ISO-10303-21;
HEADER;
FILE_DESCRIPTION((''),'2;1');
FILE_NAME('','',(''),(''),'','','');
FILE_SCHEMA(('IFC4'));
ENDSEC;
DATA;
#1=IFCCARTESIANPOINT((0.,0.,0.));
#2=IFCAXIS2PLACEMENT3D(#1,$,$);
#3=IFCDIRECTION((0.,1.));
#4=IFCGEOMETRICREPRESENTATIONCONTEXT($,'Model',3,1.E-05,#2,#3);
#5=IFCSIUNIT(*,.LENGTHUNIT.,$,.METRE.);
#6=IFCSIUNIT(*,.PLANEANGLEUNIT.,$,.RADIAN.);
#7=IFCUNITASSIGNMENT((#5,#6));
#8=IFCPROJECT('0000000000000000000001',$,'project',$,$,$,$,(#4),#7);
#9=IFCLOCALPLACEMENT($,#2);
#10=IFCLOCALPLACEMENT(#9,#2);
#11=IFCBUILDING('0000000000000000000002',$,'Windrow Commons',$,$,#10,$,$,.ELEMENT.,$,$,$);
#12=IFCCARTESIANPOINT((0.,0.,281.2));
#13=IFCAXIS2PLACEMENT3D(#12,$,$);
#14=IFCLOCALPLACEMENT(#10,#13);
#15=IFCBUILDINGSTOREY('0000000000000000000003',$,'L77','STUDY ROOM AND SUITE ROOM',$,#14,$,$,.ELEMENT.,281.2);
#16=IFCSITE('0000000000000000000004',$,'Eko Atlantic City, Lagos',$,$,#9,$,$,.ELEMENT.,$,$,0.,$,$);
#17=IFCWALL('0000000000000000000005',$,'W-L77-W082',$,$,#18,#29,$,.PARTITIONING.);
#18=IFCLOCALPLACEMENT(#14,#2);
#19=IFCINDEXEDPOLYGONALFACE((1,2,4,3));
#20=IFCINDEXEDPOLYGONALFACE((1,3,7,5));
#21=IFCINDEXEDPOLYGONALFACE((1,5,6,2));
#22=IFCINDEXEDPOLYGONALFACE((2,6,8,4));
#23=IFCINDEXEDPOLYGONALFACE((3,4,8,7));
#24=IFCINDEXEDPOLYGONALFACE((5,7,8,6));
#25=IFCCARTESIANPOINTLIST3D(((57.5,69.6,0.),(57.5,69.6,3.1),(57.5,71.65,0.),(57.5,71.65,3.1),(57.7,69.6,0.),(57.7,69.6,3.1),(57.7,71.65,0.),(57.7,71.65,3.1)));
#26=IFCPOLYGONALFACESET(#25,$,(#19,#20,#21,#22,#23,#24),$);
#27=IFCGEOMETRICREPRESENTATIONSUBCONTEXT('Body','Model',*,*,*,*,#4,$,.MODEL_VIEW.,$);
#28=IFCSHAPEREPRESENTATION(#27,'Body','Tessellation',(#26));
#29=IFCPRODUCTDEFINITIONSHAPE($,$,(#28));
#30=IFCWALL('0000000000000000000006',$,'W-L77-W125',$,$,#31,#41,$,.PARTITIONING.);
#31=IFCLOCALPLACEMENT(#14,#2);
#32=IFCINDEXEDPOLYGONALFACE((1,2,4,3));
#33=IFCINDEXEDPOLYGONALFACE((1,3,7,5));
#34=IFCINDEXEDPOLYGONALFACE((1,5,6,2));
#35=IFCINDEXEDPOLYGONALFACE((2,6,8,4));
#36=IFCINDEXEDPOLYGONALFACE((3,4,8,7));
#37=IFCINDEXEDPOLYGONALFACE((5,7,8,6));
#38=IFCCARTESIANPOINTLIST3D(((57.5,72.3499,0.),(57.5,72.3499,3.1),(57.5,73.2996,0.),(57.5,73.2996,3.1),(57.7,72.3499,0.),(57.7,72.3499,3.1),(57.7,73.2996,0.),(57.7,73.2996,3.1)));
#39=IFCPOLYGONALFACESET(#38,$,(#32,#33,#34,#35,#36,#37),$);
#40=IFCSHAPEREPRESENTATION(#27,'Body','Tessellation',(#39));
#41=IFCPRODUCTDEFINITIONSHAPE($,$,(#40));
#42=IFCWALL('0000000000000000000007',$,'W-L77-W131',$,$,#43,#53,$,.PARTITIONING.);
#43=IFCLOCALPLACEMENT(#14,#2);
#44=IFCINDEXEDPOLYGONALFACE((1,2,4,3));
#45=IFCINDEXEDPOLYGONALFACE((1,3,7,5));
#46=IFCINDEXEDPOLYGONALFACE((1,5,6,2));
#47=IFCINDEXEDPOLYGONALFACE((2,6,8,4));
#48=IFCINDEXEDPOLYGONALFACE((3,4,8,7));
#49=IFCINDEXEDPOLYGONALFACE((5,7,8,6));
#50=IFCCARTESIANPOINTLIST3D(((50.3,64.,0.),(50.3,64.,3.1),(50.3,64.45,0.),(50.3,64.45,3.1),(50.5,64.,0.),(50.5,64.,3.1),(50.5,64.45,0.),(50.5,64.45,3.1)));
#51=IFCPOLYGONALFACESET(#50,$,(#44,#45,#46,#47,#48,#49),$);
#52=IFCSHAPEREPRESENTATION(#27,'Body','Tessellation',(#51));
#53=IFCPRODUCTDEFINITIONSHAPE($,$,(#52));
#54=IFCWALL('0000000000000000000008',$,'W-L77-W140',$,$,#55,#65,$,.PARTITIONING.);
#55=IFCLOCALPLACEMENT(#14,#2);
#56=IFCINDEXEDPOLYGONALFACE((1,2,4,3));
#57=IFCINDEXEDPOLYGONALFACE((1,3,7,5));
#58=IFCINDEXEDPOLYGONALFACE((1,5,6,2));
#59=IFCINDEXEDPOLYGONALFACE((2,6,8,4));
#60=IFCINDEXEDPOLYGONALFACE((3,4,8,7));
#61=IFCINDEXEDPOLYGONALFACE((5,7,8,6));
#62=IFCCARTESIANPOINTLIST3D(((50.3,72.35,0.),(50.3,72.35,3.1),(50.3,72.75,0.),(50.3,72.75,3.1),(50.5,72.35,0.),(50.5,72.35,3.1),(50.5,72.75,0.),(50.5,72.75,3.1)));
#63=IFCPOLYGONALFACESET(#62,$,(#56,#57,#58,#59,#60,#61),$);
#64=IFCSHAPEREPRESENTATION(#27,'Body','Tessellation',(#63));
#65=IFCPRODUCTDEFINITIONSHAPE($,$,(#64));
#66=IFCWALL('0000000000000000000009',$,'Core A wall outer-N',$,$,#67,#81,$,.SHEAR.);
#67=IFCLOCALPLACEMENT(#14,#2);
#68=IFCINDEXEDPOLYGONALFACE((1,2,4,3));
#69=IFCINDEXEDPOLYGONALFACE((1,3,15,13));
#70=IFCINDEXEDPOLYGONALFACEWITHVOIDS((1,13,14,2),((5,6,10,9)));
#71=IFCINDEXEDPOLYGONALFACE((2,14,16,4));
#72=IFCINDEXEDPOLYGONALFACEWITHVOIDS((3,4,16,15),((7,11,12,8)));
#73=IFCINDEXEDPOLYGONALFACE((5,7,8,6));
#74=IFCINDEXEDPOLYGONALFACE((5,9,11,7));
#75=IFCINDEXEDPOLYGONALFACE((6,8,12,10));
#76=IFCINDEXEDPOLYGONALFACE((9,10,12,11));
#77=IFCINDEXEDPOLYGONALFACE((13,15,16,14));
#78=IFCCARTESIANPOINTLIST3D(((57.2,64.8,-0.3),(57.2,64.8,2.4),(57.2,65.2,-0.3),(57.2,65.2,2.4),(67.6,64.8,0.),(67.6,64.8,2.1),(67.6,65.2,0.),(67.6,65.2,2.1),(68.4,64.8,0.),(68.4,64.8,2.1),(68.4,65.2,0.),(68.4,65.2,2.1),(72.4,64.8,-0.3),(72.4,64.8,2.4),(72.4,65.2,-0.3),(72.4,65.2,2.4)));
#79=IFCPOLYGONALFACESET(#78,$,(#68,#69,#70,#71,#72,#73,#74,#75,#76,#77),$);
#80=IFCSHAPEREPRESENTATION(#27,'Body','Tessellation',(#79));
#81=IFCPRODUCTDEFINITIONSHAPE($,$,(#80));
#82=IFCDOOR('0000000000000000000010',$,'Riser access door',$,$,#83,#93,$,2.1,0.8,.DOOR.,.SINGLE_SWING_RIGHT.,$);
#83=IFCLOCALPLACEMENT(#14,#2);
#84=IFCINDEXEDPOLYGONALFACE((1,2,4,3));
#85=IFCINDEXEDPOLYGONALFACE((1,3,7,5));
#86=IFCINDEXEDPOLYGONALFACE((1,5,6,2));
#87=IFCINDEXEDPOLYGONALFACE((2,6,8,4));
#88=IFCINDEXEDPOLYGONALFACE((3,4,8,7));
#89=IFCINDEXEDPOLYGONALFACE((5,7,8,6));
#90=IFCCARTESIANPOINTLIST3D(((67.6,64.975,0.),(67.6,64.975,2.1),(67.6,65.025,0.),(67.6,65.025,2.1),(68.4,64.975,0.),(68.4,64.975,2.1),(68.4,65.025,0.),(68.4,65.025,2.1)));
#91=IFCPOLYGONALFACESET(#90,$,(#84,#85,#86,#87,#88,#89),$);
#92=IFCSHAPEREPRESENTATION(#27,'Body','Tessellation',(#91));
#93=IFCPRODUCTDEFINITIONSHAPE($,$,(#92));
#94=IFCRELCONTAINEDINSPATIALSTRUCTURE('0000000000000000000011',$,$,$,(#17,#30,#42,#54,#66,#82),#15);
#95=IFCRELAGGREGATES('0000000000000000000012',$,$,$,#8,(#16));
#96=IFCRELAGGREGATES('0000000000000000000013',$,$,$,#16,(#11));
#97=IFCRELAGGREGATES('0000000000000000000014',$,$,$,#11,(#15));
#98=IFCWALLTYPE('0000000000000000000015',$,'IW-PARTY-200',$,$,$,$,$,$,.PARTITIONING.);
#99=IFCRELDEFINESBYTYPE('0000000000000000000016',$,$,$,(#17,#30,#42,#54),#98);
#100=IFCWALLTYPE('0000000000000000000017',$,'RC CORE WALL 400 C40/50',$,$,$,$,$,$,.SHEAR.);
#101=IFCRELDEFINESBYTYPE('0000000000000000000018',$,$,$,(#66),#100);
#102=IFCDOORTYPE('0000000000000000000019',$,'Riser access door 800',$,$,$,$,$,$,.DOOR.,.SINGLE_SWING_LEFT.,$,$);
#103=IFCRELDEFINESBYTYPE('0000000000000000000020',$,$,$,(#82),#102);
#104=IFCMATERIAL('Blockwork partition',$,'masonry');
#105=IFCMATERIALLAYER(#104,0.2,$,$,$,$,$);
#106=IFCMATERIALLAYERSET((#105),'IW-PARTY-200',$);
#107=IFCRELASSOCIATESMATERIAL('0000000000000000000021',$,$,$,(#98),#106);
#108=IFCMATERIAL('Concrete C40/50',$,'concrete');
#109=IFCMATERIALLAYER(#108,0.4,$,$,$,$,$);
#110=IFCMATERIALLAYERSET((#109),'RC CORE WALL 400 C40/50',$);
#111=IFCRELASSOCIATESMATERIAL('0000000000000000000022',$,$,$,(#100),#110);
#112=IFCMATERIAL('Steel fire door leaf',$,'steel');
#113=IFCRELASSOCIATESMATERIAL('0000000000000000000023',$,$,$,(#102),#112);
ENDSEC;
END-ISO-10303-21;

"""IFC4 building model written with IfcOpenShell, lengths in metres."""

from ifc_helpers import new_model, si_unit, direction, frame, frame_2d, origin, place, context, subcontext, project, spatial, rectangle, extrude, material, layer, layer_set, type_object, element, fill, save


model = new_model("IFC4")

# Units and contexts
model_context = context("Model", 3, precision=1e-05, world=origin(), true_north=direction((0.0, 1.0)))
body_context = subcontext(model_context, "Body", "Model", "MODEL_VIEW")
ifc_project = project(units=[si_unit("LENGTHUNIT", "METRE"), si_unit("PLANEANGLEUNIT", "RADIAN")], contexts=[model_context])

# Site, building, storey
site_placement = place(None, origin())
site = spatial("IfcSite", under=ifc_project, at=site_placement, Name="Eko Atlantic City, Lagos", CompositionType="ELEMENT", RefElevation=0.0)
building_placement = place(site_placement, origin())
building = spatial("IfcBuilding", under=site, at=building_placement, Name="Windrow Commons", CompositionType="ELEMENT")
storey_placement = place(building_placement, frame((0.0, 0.0, 281.2)))
storey = spatial("IfcBuildingStorey", under=building, at=storey_placement, Name="L77", Description="STUDY ROOM AND SUITE ROOM", CompositionType="ELEMENT", Elevation=281.2)

# Walls
ifc_material_1 = material(Name="Blockwork partition", Category="masonry")
ifc_layer_1 = layer(ifc_material_1, 0.2)
ifc_layer_set_1 = layer_set([ifc_layer_1], Name="IW-PARTY-200")
wall_type_1 = type_object("IfcWallType", Name="IW-PARTY-200", PredefinedType="PARTITIONING", material=ifc_layer_set_1)
wall_1_placement = place(storey_placement, frame((57.6, 69.6, 0.0), z_axis=(0.0, 0.0, 1.0), x_axis=(0.0, 1.0, 0.0)))
element("IfcWall", 1, at=wall_1_placement, inside=storey, type_object=wall_type_1, Name="W-L77-W082", PredefinedType="PARTITIONING", context=body_context, shape_type="SweptSolid", body=[
    extrude(rectangle(XDim=2.05, YDim=0.2, at=frame_2d((1.025, 0.0))), origin(), (0.0, 0.0, 1.0), 3.1),
])
wall_2_placement = place(storey_placement, frame((57.6, 72.35, 0.0), z_axis=(0.0, 0.0, 1.0), x_axis=(0.0, 1.0, 0.0)))
element("IfcWall", 2, at=wall_2_placement, inside=storey, type_object=wall_type_1, Name="W-L77-W125", PredefinedType="PARTITIONING", context=body_context, shape_type="SweptSolid", body=[
    extrude(rectangle(XDim=0.9497, YDim=0.2, at=frame_2d((0.4748, 0.0))), origin(), (0.0, 0.0, 1.0), 3.1),
])
wall_3_placement = place(storey_placement, frame((50.4, 64.0, 0.0), z_axis=(0.0, 0.0, 1.0), x_axis=(0.0, 1.0, 0.0)))
element("IfcWall", 3, at=wall_3_placement, inside=storey, type_object=wall_type_1, Name="W-L77-W131", PredefinedType="PARTITIONING", context=body_context, shape_type="SweptSolid", body=[
    extrude(rectangle(XDim=0.45, YDim=0.2, at=frame_2d((0.225, 0.0))), origin(), (0.0, 0.0, 1.0), 3.1),
])
wall_4_placement = place(storey_placement, frame((50.4, 72.35, 0.0), z_axis=(0.0, 0.0, 1.0), x_axis=(0.0, 1.0, 0.0)))
element("IfcWall", 4, at=wall_4_placement, inside=storey, type_object=wall_type_1, Name="W-L77-W140", PredefinedType="PARTITIONING", context=body_context, shape_type="SweptSolid", body=[
    extrude(rectangle(XDim=0.4, YDim=0.2, at=frame_2d((0.2, 0.0))), origin(), (0.0, 0.0, 1.0), 3.1),
])

# Wall, opening, door
ifc_material_2 = material(Name="Concrete C40/50", Category="concrete")
ifc_layer_2 = layer(ifc_material_2, 0.4)
ifc_layer_set_2 = layer_set([ifc_layer_2], Name="RC CORE WALL 400 C40/50")
wall_type_2 = type_object("IfcWallType", Name="RC CORE WALL 400 C40/50", PredefinedType="SHEAR", material=ifc_layer_set_2)
wall_5_placement = place(storey_placement, frame((57.2, 65.0, -0.3), z_axis=(0.0, 0.0, 1.0), x_axis=(1.0, 0.0, 0.0)))
wall_5 = element("IfcWall", 5, at=wall_5_placement, inside=storey, type_object=wall_type_2, Name="Core A wall outer-N", PredefinedType="SHEAR", context=body_context, shape_type="SweptSolid", body=[
    extrude(rectangle(XDim=15.2, YDim=0.4, at=frame_2d((7.6, 0.0))), origin(), (0.0, 0.0, 1.0), 2.7),
])
opening_1_placement = place(wall_5_placement, frame((10.4, 0.0, 0.3)))
opening_1 = element("IfcOpeningElement", 6, at=opening_1_placement, cuts=wall_5, PredefinedType="OPENING", context=body_context, shape_type="SweptSolid", body=[
    extrude(rectangle(XDim=0.8, YDim=2.1, at=frame_2d((0.4, 1.05))), frame((0.0, 0.21, 0.0), z_axis=(0.0, -1.0, 0.0), x_axis=(1.0, 0.0, 0.0)), (0.0, 0.0, 1.0), 0.42),
])
ifc_material_3 = material(Name="Steel fire door leaf", Category="steel")
door_type_1 = type_object("IfcDoorType", Name="Riser access door 800", OperationType="SINGLE_SWING_LEFT", PredefinedType="DOOR", material=ifc_material_3)
door_1_placement = place(opening_1_placement, origin())
door_1 = element("IfcDoor", 7, at=door_1_placement, inside=storey, type_object=door_type_1, Name="Riser access door", OperationType="SINGLE_SWING_RIGHT", OverallHeight=2.1, OverallWidth=0.8, PredefinedType="DOOR", context=body_context, shape_type="SweptSolid", body=[
    extrude(rectangle(XDim=0.8, YDim=2.1, at=frame_2d((0.4, 1.05))), frame((0.0, 0.025, 0.0), z_axis=(0.0, -1.0, 0.0), x_axis=(1.0, 0.0, 0.0)), (0.0, 0.0, 1.0), 0.05),
])
fill(opening_1, door_1)

save(model, "model.ifc")
